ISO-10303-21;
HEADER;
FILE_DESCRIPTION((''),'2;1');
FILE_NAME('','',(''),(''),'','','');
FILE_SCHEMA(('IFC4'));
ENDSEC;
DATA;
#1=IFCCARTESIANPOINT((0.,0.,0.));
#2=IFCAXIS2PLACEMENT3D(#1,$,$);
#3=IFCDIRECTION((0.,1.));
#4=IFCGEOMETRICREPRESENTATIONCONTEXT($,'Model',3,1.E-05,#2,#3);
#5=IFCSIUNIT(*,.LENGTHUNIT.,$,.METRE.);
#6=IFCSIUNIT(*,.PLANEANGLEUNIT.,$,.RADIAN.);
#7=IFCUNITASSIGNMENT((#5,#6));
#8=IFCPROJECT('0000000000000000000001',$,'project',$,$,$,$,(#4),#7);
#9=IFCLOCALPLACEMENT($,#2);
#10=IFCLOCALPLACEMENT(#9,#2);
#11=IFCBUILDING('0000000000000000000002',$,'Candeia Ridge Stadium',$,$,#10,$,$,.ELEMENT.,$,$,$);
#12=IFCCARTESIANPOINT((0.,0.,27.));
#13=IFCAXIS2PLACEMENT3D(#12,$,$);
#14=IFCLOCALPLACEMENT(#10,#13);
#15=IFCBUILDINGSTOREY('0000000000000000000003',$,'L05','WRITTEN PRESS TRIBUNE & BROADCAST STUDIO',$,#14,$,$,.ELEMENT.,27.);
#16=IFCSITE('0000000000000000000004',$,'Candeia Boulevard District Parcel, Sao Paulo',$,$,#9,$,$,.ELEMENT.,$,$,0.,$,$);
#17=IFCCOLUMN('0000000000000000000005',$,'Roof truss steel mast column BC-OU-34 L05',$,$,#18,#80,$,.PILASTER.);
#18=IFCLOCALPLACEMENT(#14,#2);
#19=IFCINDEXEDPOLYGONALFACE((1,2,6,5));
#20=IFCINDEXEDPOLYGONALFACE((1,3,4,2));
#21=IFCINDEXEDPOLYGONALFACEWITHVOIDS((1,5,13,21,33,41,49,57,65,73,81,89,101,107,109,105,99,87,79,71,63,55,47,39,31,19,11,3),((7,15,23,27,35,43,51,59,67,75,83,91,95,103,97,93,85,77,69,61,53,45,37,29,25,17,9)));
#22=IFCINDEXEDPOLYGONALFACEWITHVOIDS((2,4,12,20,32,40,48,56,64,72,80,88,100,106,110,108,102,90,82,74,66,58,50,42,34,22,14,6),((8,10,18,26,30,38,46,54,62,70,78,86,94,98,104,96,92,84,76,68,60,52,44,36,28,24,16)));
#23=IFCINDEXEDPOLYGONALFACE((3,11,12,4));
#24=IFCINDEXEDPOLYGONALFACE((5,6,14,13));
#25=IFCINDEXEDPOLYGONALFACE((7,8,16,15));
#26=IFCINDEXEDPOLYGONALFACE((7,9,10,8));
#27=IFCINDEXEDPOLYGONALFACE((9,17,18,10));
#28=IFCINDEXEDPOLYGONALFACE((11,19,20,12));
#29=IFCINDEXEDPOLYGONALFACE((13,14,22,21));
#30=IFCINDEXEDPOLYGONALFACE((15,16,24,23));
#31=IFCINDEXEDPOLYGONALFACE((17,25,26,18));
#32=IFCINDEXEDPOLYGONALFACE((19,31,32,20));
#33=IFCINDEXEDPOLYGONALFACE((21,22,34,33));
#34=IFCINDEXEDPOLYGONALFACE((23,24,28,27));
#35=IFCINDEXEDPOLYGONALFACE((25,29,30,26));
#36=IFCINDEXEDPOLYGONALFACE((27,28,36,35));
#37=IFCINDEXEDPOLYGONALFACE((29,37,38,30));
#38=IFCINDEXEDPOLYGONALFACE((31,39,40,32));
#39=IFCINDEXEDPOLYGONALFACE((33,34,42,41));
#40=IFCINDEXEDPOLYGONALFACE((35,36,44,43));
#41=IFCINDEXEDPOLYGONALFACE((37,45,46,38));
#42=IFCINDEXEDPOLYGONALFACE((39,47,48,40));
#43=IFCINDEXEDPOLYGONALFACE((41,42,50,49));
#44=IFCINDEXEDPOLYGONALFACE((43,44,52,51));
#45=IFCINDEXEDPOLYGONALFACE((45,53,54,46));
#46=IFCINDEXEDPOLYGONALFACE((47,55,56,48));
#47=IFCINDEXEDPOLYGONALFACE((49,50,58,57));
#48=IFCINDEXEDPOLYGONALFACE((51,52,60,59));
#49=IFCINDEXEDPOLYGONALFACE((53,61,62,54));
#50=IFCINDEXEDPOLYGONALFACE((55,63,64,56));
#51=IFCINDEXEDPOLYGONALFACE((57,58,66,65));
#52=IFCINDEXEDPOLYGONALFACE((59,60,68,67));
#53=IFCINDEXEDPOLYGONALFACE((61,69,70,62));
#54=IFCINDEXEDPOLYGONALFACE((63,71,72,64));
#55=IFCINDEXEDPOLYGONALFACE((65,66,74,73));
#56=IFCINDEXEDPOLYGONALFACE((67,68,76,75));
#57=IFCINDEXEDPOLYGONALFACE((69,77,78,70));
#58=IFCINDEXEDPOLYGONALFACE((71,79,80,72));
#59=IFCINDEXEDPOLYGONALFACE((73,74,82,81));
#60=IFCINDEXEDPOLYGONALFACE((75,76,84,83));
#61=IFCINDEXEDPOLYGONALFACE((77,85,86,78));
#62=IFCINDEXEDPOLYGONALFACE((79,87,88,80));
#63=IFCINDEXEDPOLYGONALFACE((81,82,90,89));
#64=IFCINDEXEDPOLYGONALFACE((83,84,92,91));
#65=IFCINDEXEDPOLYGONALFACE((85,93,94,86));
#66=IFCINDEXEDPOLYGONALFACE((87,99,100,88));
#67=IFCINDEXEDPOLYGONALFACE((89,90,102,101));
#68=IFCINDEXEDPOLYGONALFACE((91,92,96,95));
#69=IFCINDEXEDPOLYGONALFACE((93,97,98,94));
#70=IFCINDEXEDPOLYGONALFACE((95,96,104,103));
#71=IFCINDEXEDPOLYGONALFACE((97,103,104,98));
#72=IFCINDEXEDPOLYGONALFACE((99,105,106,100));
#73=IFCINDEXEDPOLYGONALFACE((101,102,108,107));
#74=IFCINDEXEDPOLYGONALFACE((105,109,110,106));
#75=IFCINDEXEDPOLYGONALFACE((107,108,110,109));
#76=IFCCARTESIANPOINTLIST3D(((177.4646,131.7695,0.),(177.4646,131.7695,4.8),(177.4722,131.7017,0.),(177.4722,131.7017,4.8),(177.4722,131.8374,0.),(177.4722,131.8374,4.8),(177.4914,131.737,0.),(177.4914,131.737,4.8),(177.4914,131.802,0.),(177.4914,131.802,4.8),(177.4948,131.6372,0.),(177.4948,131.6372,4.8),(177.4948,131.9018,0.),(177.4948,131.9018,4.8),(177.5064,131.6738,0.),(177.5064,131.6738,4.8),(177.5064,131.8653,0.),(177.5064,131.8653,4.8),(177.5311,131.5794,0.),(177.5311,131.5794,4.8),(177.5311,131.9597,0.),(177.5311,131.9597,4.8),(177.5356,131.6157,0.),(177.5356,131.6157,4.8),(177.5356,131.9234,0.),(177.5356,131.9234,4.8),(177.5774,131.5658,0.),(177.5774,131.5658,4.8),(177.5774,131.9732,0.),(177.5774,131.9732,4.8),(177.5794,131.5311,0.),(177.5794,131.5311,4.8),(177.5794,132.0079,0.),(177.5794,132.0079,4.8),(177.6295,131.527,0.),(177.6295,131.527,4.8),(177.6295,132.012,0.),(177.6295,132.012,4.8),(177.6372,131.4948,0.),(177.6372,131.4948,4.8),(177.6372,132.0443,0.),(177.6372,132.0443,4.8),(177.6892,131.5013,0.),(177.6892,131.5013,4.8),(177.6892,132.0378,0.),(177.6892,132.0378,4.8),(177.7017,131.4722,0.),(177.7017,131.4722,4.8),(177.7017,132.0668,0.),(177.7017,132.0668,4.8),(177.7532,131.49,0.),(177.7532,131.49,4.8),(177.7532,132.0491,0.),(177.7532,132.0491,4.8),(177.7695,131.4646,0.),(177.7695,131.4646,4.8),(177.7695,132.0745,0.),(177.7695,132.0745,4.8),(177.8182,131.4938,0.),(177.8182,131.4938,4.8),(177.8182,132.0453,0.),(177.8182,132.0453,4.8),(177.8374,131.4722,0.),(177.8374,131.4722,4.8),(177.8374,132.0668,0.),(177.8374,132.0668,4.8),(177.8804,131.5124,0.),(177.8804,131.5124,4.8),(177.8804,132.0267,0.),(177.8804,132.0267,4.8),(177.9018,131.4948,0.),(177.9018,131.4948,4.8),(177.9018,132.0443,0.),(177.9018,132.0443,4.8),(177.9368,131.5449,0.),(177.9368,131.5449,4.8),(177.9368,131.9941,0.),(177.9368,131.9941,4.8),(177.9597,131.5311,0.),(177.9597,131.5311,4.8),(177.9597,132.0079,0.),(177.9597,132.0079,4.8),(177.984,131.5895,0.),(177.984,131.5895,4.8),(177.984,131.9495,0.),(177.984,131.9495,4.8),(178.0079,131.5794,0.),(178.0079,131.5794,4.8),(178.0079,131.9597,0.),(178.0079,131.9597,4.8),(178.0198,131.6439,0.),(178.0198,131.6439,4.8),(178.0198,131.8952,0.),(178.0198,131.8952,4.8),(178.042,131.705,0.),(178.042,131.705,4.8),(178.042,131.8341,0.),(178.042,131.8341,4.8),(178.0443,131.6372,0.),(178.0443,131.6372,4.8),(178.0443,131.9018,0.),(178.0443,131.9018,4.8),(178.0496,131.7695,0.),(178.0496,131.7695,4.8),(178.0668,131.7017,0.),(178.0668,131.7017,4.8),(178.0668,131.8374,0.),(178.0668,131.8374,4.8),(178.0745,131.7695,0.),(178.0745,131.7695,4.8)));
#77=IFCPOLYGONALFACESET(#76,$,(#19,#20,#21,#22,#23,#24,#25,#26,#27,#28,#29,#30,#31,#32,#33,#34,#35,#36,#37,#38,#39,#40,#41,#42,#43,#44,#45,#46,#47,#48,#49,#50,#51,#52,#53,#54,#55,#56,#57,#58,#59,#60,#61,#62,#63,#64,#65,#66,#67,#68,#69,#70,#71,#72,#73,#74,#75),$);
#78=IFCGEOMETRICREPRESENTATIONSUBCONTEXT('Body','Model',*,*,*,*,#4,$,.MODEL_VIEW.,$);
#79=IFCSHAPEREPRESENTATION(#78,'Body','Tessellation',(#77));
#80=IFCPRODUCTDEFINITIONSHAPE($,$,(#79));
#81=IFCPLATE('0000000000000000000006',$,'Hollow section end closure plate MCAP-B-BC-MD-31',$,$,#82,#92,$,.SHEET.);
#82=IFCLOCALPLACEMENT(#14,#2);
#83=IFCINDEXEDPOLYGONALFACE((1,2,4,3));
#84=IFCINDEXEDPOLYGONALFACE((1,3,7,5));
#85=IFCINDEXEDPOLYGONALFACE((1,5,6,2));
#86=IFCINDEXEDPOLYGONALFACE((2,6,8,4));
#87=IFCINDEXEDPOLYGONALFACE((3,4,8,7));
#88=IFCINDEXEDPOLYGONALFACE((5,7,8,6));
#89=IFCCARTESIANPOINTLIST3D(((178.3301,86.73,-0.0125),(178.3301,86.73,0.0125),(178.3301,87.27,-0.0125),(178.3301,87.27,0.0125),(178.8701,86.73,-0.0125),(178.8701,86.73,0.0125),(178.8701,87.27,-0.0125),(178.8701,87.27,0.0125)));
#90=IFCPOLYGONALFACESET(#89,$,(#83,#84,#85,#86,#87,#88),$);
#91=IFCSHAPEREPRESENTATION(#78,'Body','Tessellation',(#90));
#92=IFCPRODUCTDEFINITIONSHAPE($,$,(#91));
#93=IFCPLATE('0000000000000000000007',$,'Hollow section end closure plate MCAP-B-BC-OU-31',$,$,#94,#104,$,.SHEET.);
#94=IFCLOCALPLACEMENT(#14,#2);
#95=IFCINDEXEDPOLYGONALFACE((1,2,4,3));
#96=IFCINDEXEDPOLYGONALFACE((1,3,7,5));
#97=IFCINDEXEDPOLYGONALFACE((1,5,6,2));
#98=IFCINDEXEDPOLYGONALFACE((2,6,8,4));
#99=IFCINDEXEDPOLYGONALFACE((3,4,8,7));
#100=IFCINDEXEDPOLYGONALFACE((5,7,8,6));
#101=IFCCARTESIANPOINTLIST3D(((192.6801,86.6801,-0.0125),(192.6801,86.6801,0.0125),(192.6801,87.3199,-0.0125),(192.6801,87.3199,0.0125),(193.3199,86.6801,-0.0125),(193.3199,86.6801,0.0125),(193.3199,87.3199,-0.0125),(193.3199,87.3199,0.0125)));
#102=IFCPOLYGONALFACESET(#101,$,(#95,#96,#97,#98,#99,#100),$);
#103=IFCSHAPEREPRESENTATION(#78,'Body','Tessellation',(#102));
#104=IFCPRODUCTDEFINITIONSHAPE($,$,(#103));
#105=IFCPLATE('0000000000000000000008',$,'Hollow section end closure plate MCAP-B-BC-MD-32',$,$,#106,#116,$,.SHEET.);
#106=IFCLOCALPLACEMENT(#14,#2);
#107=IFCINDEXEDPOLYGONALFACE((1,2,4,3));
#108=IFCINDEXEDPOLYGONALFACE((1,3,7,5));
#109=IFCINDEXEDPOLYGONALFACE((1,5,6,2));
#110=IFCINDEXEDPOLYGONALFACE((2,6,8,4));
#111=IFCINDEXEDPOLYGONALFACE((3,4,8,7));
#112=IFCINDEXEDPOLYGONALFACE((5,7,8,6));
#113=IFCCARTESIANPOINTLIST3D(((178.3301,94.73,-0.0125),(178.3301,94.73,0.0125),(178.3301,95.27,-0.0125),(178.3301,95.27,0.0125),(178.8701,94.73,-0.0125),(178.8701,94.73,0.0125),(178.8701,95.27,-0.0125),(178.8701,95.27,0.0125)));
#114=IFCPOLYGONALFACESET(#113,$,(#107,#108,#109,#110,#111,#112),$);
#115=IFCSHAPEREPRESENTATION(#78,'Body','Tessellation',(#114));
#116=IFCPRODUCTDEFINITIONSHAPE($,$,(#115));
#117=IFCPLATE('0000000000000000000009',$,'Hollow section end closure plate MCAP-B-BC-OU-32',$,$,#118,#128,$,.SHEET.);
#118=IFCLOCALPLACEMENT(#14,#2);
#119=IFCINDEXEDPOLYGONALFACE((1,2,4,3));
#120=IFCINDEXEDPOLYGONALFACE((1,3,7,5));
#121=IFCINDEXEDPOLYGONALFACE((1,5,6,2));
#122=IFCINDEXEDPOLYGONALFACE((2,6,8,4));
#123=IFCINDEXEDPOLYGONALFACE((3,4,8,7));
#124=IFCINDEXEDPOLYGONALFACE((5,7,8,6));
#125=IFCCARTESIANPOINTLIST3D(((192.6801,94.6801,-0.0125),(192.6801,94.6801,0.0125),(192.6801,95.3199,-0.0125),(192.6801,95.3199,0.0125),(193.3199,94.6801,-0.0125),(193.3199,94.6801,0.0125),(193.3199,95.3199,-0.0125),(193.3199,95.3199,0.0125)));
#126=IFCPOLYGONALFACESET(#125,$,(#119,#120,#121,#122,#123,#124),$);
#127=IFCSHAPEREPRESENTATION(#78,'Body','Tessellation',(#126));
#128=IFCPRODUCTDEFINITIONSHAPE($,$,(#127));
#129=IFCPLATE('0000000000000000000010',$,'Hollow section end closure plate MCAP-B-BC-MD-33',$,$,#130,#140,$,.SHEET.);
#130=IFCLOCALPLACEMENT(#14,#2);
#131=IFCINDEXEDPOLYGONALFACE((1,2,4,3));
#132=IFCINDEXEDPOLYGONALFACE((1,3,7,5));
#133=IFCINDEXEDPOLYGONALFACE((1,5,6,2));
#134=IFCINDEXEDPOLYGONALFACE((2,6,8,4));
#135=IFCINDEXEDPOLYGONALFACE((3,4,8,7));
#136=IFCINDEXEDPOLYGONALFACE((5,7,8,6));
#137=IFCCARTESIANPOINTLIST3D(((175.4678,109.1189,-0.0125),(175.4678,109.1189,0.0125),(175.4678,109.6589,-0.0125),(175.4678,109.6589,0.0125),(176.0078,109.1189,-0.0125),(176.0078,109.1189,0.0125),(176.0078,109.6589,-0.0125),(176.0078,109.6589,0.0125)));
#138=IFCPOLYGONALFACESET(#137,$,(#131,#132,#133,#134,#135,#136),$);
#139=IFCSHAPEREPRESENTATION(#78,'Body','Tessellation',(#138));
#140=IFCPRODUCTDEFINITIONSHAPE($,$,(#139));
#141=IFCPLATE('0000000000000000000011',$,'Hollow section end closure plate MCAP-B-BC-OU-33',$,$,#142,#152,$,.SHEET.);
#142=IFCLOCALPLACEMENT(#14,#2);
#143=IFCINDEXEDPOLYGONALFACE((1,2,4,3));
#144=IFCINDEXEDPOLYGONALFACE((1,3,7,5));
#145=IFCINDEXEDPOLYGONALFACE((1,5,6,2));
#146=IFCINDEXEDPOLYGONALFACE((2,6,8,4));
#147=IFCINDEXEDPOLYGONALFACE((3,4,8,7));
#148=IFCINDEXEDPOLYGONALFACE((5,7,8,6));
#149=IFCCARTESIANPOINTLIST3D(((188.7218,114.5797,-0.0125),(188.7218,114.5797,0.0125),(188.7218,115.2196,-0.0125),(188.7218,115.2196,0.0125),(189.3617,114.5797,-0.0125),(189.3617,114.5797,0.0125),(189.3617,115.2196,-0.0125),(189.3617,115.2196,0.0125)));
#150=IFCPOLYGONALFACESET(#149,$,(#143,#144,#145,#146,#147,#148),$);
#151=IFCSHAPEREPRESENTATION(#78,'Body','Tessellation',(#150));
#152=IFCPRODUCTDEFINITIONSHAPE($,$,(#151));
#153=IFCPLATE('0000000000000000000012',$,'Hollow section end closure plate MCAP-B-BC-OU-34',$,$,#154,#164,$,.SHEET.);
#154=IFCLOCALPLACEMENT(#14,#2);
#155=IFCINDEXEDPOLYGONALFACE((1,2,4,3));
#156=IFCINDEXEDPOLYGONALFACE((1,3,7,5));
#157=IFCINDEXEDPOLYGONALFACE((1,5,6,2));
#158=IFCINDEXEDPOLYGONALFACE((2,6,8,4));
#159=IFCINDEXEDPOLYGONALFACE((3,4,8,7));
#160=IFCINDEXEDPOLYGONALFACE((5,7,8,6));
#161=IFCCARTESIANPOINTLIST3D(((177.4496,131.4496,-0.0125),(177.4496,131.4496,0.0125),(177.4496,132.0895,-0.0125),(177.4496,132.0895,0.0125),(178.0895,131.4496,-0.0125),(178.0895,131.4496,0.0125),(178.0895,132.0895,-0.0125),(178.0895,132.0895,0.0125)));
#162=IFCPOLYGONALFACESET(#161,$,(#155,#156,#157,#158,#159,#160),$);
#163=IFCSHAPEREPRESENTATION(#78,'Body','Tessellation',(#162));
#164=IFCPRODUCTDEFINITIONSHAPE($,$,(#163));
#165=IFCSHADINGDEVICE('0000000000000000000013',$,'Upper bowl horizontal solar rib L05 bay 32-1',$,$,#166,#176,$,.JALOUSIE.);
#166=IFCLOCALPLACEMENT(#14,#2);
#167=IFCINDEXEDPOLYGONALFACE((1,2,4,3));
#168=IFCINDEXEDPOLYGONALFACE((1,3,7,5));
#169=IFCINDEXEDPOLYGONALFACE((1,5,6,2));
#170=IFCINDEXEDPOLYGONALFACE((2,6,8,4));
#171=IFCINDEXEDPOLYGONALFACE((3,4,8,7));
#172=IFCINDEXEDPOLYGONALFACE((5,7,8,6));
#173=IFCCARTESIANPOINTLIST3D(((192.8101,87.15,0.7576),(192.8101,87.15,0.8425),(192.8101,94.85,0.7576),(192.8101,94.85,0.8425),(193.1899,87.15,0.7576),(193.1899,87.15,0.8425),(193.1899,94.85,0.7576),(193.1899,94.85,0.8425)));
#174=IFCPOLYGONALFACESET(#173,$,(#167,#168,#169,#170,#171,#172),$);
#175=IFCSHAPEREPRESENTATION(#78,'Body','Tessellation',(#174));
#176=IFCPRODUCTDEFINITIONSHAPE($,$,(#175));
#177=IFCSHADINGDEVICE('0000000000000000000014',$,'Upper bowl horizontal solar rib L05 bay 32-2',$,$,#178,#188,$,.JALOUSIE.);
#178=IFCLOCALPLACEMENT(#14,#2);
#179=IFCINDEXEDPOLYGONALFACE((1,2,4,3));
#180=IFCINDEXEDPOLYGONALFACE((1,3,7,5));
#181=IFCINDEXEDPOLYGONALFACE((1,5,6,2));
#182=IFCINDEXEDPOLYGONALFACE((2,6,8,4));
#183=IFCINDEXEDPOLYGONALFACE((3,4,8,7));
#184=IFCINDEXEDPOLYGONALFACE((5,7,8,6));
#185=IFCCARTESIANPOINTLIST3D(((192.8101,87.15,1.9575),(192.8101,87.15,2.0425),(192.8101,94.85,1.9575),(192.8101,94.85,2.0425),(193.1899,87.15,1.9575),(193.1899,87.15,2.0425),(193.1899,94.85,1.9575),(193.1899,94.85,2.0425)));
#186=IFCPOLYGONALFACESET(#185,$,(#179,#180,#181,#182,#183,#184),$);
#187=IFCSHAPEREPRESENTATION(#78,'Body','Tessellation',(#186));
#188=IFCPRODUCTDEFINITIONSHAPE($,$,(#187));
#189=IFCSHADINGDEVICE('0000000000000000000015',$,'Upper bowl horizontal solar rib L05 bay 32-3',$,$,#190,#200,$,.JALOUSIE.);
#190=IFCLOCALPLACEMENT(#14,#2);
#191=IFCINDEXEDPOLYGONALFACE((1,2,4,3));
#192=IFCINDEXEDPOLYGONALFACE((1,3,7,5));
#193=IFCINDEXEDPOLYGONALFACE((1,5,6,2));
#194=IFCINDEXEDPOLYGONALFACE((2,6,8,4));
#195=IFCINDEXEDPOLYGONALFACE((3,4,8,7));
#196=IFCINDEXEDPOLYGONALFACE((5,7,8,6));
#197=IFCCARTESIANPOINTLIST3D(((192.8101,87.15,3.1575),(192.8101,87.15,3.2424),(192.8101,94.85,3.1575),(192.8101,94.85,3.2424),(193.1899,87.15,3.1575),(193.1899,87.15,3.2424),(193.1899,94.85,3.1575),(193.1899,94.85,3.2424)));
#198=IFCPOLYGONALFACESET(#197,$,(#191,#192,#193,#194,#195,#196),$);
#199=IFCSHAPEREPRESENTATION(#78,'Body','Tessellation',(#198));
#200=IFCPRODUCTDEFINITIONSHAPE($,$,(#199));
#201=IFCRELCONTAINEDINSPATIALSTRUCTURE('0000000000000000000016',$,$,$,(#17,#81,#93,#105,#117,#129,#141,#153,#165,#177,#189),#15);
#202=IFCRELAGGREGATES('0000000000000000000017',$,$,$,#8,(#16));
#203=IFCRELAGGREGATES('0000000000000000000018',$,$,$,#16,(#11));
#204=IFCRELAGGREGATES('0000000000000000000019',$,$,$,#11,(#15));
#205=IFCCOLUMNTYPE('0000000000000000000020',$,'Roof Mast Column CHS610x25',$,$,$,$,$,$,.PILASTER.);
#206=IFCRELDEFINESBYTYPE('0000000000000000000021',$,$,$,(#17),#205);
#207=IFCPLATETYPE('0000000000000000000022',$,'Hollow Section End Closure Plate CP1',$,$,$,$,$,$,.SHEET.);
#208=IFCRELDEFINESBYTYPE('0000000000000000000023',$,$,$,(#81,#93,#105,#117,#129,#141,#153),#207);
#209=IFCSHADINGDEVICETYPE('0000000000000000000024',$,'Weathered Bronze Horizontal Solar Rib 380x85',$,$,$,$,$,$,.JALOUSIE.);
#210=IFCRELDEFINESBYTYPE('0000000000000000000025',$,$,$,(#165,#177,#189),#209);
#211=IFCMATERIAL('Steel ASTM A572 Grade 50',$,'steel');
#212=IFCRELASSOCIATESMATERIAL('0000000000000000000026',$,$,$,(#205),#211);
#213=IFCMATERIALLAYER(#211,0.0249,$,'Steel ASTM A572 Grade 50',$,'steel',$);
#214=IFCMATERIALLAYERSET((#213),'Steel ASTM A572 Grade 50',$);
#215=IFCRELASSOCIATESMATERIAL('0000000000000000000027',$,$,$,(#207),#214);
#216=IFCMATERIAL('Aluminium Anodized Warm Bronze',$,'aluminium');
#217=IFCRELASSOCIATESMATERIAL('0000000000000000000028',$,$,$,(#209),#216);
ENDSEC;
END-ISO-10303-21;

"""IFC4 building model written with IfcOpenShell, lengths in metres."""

from ifc_helpers import new_model, si_unit, direction, frame, origin, origin_2d, place, context, subcontext, project, spatial, rectangle, hollow_circle, extrude, material, layer, layer_set, material_profile, profile_set, type_object, element, save


model = new_model("IFC4")

# Units and contexts
model_context = context("Model", 3, precision=1e-05, world=origin(), true_north=direction((0.0, 1.0)))
body_context = subcontext(model_context, "Body", "Model", "MODEL_VIEW")
ifc_project = project(units=[si_unit("LENGTHUNIT", "METRE"), si_unit("PLANEANGLEUNIT", "RADIAN")], contexts=[model_context])

# Site, building, storey
site_placement = place(None, origin())
site = spatial("IfcSite", under=ifc_project, at=site_placement, Name="Candeia Boulevard District Parcel, Sao Paulo", CompositionType="ELEMENT", RefElevation=0.0)
building_placement = place(site_placement, origin())
building = spatial("IfcBuilding", under=site, at=building_placement, Name="Candeia Ridge Stadium", CompositionType="ELEMENT")
storey_placement = place(building_placement, frame((0.0, 0.0, 27.0)))
storey = spatial("IfcBuildingStorey", under=building, at=storey_placement, Name="L05", Description="WRITTEN PRESS TRIBUNE & BROADCAST STUDIO", CompositionType="ELEMENT", Elevation=27.0)

# Column
ifc_material_1 = material(Name="Steel ASTM A572 Grade 50", Category="steel")
ifc_material_profile_1 = material_profile(ifc_material_1, hollow_circle(Radius=0.3049, WallThickness=0.0249, at=origin_2d()), Name="CHS610x25", Category="steel")
ifc_profile_set_1 = profile_set([ifc_material_profile_1], Name="Steel ASTM A572 Grade 50")
column_type_1 = type_object("IfcColumnType", Name="Roof Mast Column CHS610x25", PredefinedType="PILASTER", material=ifc_profile_set_1)
for number, where, z_axis, x_axis, name in (
    (1, (177.7695, 131.7695, 0.0), (0.0, 0.0, 1.0), (1.0, 0.0, 0.0), "Roof truss steel mast column BC-OU-34 L05"),
):
    element("IfcColumn", number, at=place(storey_placement, frame(where, z_axis=z_axis, x_axis=x_axis)), inside=storey, type_object=column_type_1, Name=name, PredefinedType="PILASTER", context=body_context, shape_type="SweptSolid", body=[
        extrude(hollow_circle(Radius=0.3049, WallThickness=0.0249, at=origin_2d()), origin(), (0.0, 0.0, 1.0), 4.8),
    ])

# Plates
ifc_layer = layer(ifc_material_1, 0.0249, Name="Steel ASTM A572 Grade 50", Category="steel")
ifc_layer_set = layer_set([ifc_layer], Name="Steel ASTM A572 Grade 50")
plate_type = type_object("IfcPlateType", Name="Hollow Section End Closure Plate CP1", PredefinedType="SHEET", material=ifc_layer_set)
plate_1_placement = place(storey_placement, frame((178.6001, 87.0, -0.0125), z_axis=(0.0, 0.0, 1.0), x_axis=(1.0, 0.0, 0.0)))
element("IfcPlate", 2, at=plate_1_placement, inside=storey, type_object=plate_type, Name="Hollow section end closure plate MCAP-B-BC-MD-31", PredefinedType="SHEET", context=body_context, shape_type="SweptSolid", body=[
    extrude(rectangle(XDim=0.54, YDim=0.54, at=origin_2d()), origin(), (0.0, 0.0, 1.0), 0.0249),
])
plate_2_placement = place(storey_placement, frame((193.0, 87.0, -0.0125), z_axis=(0.0, 0.0, 1.0), x_axis=(1.0, 0.0, 0.0)))
element("IfcPlate", 3, at=plate_2_placement, inside=storey, type_object=plate_type, Name="Hollow section end closure plate MCAP-B-BC-OU-31", PredefinedType="SHEET", context=body_context, shape_type="SweptSolid", body=[
    extrude(rectangle(XDim=0.6399, YDim=0.6399, at=origin_2d()), origin(), (0.0, 0.0, 1.0), 0.0249),
])
plate_3_placement = place(storey_placement, frame((178.6001, 95.0, -0.0125), z_axis=(0.0, 0.0, 1.0), x_axis=(1.0, 0.0, 0.0)))
element("IfcPlate", 4, at=plate_3_placement, inside=storey, type_object=plate_type, Name="Hollow section end closure plate MCAP-B-BC-MD-32", PredefinedType="SHEET", context=body_context, shape_type="SweptSolid", body=[
    extrude(rectangle(XDim=0.54, YDim=0.54, at=origin_2d()), origin(), (0.0, 0.0, 1.0), 0.0249),
])
plate_4_placement = place(storey_placement, frame((193.0, 95.0, -0.0125), z_axis=(0.0, 0.0, 1.0), x_axis=(1.0, 0.0, 0.0)))
element("IfcPlate", 5, at=plate_4_placement, inside=storey, type_object=plate_type, Name="Hollow section end closure plate MCAP-B-BC-OU-32", PredefinedType="SHEET", context=body_context, shape_type="SweptSolid", body=[
    extrude(rectangle(XDim=0.6399, YDim=0.6399, at=origin_2d()), origin(), (0.0, 0.0, 1.0), 0.0249),
])
plate_5_placement = place(storey_placement, frame((175.7378, 109.3889, -0.0125), z_axis=(0.0, 0.0, 1.0), x_axis=(1.0, 0.0, 0.0)))
element("IfcPlate", 6, at=plate_5_placement, inside=storey, type_object=plate_type, Name="Hollow section end closure plate MCAP-B-BC-MD-33", PredefinedType="SHEET", context=body_context, shape_type="SweptSolid", body=[
    extrude(rectangle(XDim=0.54, YDim=0.54, at=origin_2d()), origin(), (0.0, 0.0, 1.0), 0.0249),
])
for number, where, z_axis, x_axis, name in (
    (7, (189.0417, 114.8997, -0.0125), (0.0, 0.0, 1.0), (1.0, 0.0, 0.0), "Hollow section end closure plate MCAP-B-BC-OU-33"),
    (8, (177.7695, 131.7695, -0.0125), (0.0, 0.0, 1.0), (1.0, 0.0, 0.0), "Hollow section end closure plate MCAP-B-BC-OU-34"),
):
    element("IfcPlate", number, at=place(storey_placement, frame(where, z_axis=z_axis, x_axis=x_axis)), inside=storey, type_object=plate_type, Name=name, PredefinedType="SHEET", context=body_context, shape_type="SweptSolid", body=[
        extrude(rectangle(XDim=0.6399, YDim=0.6399, at=origin_2d()), origin(), (0.0, 0.0, 1.0), 0.0249),
    ])

# Shading devices
ifc_material_2 = material(Name="Aluminium Anodized Warm Bronze", Category="aluminium")
shading_device_type_1 = type_object("IfcShadingDeviceType", Name="Weathered Bronze Horizontal Solar Rib 380x85", PredefinedType="JALOUSIE", material=ifc_material_2)
for number, where, z_axis, x_axis, name in (
    (9, (193.0, 91.0, 0.7576), (0.0, 0.0, 1.0), (0.0, 1.0, 0.0), "Upper bowl horizontal solar rib L05 bay 32-1"),
    (10, (193.0, 91.0, 1.9575), (0.0, 0.0, 1.0), (0.0, 1.0, 0.0), "Upper bowl horizontal solar rib L05 bay 32-2"),
    (11, (193.0, 91.0, 3.1575), (0.0, 0.0, 1.0), (0.0, 1.0, 0.0), "Upper bowl horizontal solar rib L05 bay 32-3"),
):
    element("IfcShadingDevice", number, at=place(storey_placement, frame(where, z_axis=z_axis, x_axis=x_axis)), inside=storey, type_object=shading_device_type_1, Name=name, PredefinedType="JALOUSIE", context=body_context, shape_type="SweptSolid", body=[
        extrude(rectangle(XDim=7.7, YDim=0.3799, at=origin_2d()), origin(), (0.0, 0.0, 1.0), 0.085),
    ])

save(model, "model.ifc")
